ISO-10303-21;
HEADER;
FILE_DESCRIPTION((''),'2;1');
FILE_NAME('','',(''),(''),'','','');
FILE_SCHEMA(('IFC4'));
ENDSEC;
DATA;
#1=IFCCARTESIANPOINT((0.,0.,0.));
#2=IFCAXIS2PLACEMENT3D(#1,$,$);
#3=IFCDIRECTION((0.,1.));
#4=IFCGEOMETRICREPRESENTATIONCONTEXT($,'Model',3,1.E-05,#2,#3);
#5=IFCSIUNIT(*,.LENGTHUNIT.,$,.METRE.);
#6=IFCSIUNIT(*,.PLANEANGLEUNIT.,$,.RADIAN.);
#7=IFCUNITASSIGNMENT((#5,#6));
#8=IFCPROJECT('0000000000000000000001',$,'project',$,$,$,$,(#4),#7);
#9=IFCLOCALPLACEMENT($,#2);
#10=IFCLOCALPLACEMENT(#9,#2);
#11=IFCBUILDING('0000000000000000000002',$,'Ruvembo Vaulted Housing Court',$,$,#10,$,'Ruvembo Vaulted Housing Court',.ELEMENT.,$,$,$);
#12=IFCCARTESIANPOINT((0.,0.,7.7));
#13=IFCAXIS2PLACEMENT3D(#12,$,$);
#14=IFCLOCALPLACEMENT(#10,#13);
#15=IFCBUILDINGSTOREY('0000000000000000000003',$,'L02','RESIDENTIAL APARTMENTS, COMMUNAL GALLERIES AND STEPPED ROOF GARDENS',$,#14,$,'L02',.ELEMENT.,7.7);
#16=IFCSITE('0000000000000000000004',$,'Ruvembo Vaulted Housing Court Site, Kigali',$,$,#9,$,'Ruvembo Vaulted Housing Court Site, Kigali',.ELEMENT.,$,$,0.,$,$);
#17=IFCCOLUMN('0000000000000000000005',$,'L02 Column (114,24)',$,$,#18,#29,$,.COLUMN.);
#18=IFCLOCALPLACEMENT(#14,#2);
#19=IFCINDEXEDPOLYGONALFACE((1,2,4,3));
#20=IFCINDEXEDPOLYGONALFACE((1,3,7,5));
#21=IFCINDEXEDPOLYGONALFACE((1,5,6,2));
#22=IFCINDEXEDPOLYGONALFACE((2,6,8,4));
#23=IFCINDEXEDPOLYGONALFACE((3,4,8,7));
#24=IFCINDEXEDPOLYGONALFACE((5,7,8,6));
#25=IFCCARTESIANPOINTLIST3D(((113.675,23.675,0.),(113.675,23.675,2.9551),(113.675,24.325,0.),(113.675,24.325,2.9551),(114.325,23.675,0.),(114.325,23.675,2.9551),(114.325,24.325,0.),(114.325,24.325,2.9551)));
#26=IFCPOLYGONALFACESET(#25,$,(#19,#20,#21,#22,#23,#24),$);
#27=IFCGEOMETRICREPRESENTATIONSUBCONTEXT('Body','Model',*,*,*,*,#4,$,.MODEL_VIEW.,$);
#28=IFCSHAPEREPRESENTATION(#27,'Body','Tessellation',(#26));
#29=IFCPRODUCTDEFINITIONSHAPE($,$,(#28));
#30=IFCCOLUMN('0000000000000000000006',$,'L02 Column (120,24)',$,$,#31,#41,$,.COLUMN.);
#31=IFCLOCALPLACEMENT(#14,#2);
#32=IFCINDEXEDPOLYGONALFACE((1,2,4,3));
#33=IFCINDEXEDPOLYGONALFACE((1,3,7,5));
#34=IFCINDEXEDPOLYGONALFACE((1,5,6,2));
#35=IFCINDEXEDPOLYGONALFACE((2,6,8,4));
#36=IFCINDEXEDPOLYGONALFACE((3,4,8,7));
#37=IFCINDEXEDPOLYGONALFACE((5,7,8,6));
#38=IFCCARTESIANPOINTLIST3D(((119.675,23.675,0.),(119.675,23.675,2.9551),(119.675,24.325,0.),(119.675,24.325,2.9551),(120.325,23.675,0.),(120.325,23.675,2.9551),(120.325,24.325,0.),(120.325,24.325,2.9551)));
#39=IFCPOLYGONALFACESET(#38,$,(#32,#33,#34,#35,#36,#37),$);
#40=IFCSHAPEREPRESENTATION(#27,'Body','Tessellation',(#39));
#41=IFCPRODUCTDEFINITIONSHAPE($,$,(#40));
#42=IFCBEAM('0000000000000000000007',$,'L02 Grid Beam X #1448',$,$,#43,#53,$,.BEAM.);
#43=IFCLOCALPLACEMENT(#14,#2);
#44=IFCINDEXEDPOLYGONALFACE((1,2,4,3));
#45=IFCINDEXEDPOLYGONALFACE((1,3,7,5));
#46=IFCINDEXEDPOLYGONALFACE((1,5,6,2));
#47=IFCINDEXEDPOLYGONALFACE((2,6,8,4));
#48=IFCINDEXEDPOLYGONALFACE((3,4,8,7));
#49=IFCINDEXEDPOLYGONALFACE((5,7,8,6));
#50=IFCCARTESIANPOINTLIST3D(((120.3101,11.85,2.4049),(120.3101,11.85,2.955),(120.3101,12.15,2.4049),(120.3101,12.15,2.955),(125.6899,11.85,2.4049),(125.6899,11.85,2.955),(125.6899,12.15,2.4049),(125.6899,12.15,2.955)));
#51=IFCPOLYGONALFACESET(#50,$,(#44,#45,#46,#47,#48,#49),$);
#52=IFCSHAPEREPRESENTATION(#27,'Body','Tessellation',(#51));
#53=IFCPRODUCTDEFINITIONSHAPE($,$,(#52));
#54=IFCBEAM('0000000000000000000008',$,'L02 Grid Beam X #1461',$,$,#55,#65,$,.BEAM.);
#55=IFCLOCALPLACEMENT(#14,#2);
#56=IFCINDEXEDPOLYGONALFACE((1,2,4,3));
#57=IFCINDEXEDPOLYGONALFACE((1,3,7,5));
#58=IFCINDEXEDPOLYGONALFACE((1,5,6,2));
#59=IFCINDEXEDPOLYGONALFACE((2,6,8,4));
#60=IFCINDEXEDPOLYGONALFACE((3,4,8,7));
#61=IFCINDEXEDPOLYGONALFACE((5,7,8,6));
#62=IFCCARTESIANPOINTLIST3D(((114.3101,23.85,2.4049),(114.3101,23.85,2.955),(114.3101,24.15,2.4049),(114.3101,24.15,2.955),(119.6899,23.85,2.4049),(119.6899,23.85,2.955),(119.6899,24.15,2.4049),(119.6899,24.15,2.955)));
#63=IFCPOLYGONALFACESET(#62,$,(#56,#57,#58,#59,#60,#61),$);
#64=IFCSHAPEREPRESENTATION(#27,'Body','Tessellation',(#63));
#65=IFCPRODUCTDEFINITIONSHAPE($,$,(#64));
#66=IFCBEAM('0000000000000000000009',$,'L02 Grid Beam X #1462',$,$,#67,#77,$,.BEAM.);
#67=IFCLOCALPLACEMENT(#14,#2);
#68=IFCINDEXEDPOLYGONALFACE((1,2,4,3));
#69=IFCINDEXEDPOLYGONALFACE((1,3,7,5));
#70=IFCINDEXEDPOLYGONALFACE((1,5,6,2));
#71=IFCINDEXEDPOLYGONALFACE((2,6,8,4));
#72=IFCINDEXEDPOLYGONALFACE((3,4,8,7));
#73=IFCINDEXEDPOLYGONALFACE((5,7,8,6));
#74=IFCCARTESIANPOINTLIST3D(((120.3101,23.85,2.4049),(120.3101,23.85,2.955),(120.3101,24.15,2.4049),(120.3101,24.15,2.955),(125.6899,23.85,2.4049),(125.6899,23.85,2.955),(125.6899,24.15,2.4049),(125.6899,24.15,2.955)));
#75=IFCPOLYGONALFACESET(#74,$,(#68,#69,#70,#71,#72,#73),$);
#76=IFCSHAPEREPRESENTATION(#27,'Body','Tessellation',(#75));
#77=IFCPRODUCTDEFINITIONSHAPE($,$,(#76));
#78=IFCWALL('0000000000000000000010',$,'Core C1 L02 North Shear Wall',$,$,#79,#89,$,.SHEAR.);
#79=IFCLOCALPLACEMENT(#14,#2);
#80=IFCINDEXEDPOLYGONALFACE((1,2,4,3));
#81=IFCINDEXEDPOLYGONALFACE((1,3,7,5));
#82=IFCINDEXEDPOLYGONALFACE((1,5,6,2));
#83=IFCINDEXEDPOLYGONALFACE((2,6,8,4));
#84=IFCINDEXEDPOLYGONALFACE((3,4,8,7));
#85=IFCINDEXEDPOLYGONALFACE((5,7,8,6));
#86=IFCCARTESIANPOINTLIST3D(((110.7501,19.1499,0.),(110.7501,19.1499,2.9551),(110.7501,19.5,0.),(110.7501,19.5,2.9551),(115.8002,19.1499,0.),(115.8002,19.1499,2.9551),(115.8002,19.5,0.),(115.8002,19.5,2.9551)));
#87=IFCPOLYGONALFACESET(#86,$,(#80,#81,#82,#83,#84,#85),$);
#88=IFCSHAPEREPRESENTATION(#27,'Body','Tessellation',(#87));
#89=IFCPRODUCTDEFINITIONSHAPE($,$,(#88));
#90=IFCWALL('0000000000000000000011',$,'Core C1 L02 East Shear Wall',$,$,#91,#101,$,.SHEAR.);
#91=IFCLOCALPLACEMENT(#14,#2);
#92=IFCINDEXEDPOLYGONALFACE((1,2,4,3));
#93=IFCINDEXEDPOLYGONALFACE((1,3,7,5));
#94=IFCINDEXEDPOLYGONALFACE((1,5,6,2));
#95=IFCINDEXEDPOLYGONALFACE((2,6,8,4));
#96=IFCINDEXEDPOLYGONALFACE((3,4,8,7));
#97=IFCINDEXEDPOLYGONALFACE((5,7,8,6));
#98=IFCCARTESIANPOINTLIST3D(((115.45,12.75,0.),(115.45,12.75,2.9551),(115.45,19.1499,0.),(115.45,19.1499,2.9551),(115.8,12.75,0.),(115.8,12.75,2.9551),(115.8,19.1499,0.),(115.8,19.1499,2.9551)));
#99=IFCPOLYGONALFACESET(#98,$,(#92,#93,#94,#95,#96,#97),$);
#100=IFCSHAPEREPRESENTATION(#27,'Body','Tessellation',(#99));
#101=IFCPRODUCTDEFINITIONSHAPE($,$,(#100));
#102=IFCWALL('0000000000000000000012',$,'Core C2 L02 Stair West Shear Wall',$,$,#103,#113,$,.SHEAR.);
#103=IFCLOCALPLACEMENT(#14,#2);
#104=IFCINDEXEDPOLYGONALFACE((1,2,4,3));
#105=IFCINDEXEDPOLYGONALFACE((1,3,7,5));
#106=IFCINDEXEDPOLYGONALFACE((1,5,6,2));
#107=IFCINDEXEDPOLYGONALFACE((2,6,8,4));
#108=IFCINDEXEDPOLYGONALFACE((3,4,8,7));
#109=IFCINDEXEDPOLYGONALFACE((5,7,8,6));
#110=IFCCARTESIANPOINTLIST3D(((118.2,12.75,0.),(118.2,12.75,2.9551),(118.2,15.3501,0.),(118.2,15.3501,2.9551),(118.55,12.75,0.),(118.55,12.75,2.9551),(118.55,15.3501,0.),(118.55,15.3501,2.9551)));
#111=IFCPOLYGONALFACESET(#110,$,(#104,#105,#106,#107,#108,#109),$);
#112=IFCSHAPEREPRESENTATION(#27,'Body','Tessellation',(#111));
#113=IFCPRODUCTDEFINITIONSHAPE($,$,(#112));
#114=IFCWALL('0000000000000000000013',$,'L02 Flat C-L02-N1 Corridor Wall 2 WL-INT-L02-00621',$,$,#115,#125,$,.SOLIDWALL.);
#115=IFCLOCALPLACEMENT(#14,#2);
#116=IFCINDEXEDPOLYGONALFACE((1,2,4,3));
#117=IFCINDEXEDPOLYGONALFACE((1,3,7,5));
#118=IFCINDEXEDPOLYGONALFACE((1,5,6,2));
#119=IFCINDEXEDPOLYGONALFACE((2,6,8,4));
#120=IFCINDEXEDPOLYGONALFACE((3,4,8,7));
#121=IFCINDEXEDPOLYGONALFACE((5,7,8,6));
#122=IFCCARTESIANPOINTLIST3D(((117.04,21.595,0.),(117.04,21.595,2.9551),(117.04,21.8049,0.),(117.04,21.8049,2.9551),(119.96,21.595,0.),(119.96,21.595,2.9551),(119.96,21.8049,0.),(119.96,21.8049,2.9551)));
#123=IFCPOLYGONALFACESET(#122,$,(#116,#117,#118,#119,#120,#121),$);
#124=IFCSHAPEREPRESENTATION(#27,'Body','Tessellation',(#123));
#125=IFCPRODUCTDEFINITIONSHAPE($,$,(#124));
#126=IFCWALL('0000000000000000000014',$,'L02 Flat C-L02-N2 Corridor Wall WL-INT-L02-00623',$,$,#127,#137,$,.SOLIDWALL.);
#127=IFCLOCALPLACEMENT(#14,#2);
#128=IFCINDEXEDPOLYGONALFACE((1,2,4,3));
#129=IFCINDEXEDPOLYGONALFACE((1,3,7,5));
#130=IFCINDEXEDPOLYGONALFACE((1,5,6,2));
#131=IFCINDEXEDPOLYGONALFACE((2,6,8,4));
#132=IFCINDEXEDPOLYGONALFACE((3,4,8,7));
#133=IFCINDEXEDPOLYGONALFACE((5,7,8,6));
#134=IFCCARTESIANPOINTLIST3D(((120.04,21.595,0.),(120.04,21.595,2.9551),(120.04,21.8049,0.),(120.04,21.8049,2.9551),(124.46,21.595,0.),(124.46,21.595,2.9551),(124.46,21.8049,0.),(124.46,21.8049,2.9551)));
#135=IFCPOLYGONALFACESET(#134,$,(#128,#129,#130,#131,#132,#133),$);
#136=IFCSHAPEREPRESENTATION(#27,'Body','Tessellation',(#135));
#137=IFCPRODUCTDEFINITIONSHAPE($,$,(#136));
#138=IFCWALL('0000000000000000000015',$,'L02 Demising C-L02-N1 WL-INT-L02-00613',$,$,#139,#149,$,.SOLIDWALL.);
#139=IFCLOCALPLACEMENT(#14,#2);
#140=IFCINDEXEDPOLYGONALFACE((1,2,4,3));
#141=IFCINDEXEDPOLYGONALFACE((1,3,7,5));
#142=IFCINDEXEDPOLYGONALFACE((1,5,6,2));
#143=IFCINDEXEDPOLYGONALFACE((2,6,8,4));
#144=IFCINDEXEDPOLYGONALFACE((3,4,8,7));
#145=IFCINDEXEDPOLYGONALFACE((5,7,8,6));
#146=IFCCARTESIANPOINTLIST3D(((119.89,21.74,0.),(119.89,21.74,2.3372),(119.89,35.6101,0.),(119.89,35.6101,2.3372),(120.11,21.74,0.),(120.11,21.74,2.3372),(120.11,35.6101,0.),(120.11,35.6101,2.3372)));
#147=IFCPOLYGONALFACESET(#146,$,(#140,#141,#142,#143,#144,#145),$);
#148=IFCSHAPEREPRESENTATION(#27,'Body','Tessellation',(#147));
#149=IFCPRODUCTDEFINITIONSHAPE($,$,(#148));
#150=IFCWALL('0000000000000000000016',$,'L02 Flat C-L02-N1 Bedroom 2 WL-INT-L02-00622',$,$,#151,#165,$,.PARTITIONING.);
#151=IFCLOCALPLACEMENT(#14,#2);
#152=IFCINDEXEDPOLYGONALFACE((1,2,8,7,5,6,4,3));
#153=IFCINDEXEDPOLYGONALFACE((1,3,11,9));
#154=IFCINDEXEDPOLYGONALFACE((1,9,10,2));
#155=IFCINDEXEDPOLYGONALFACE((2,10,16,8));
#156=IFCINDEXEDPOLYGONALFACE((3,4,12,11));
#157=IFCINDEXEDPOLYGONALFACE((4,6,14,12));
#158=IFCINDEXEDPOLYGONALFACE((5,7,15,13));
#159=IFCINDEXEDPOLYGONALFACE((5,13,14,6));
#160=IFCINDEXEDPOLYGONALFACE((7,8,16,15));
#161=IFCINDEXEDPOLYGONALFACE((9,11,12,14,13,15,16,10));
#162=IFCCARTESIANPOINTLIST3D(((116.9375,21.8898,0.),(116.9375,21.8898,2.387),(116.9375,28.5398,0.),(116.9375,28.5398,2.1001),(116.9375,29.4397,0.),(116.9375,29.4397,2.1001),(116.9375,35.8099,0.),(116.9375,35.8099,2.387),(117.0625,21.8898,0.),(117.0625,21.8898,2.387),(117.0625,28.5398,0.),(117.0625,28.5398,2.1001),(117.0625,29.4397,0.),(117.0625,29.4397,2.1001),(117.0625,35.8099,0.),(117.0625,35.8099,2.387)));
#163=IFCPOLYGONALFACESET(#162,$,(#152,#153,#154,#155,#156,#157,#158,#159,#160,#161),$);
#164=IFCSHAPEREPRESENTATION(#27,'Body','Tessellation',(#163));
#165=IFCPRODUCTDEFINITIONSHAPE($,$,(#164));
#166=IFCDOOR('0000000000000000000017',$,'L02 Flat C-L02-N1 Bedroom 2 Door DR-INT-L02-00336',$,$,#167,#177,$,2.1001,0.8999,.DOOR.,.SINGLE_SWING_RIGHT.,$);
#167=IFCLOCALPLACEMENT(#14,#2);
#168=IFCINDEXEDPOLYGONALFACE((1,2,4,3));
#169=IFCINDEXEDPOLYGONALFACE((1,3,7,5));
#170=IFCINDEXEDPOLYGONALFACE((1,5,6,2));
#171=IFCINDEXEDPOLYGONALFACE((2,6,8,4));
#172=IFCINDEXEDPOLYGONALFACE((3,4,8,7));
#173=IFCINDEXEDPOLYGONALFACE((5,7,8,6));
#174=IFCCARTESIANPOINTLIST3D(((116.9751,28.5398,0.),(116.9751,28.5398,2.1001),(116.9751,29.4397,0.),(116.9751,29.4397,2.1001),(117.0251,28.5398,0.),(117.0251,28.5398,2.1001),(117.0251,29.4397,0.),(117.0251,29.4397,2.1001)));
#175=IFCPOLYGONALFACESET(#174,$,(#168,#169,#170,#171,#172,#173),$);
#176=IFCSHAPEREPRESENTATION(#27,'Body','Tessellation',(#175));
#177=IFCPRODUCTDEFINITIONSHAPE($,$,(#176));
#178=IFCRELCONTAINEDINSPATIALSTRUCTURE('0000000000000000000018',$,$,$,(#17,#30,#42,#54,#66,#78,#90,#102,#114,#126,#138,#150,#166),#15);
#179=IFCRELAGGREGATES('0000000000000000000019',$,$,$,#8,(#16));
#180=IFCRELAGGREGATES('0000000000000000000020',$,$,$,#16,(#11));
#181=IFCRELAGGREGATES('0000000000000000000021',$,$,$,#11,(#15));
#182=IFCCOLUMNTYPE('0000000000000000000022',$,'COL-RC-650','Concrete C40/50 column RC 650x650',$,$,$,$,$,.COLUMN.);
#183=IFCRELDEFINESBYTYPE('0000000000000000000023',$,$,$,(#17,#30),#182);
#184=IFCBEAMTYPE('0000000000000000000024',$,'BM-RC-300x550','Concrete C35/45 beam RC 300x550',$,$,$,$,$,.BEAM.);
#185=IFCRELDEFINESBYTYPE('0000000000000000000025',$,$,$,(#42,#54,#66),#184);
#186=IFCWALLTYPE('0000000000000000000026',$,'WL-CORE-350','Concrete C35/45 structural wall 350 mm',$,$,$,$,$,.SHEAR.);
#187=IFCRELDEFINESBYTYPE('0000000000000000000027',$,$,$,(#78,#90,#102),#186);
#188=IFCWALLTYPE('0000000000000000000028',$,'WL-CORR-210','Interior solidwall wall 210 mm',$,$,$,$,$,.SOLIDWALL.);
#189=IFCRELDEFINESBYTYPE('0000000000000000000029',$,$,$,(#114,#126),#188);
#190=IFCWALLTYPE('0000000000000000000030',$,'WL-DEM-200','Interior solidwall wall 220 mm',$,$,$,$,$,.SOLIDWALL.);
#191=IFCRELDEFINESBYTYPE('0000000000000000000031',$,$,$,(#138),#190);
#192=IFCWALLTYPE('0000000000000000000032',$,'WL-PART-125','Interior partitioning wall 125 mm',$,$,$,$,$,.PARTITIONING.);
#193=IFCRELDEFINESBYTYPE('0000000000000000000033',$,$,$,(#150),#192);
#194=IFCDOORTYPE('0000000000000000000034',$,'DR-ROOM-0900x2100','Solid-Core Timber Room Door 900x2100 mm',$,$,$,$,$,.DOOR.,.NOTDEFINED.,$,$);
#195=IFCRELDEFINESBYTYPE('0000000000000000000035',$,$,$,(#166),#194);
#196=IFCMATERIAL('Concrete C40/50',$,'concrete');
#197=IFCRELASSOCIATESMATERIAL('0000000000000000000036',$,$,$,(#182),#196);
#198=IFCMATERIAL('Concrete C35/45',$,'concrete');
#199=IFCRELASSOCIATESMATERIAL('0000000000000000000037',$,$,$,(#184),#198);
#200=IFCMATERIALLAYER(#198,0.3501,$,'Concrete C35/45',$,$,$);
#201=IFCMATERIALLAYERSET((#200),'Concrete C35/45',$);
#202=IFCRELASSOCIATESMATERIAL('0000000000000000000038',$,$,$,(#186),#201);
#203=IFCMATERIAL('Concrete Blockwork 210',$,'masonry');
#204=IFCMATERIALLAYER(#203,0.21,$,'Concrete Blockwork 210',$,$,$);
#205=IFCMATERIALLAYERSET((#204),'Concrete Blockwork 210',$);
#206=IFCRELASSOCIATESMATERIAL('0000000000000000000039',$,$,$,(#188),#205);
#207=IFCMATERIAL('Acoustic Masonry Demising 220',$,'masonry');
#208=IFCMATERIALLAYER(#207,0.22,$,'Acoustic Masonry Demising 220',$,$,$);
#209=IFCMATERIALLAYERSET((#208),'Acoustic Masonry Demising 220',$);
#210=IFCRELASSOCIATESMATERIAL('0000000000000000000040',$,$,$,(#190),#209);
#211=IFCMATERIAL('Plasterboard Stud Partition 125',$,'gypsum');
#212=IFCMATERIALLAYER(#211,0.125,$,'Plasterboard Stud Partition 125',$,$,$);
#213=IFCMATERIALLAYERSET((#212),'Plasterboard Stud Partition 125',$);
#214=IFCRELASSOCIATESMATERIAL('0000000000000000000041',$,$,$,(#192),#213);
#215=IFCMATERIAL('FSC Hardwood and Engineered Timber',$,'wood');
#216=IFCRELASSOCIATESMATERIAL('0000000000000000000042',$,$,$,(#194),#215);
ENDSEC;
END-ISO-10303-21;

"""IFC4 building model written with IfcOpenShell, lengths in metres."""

from ifc_helpers import new_model, si_unit, direction, frame, frame_2d, origin, origin_2d, place, context, subcontext, project, spatial, rectangle, extrude, material, layer, layer_set, material_profile, profile_set, type_object, element, fill, save


model = new_model("IFC4")

# Units and contexts
model_context = context("Model", 3, precision=1e-05, world=origin(), true_north=direction((0.0, 1.0)))
body_context = subcontext(model_context, "Body", "Model", "MODEL_VIEW")
ifc_project = project(units=[si_unit("LENGTHUNIT", "METRE"), si_unit("PLANEANGLEUNIT", "RADIAN")], contexts=[model_context])

# Site, building, storey
site_placement = place(None, origin())
site = spatial("IfcSite", under=ifc_project, at=site_placement, Name="Ruvembo Vaulted Housing Court Site, Kigali", LongName="Ruvembo Vaulted Housing Court Site, Kigali", CompositionType="ELEMENT", RefElevation=0.0)
building_placement = place(site_placement, origin())
building = spatial("IfcBuilding", under=site, at=building_placement, Name="Ruvembo Vaulted Housing Court", LongName="Ruvembo Vaulted Housing Court", CompositionType="ELEMENT")
storey_placement = place(building_placement, frame((0.0, 0.0, 7.7)))
storey = spatial("IfcBuildingStorey", under=building, at=storey_placement, Name="L02", Description="RESIDENTIAL APARTMENTS, COMMUNAL GALLERIES AND STEPPED ROOF GARDENS", LongName="L02", CompositionType="ELEMENT", Elevation=7.7)

# Columns
ifc_material_1 = material(Name="Concrete C40/50", Category="concrete")
ifc_material_profile_1 = material_profile(ifc_material_1, rectangle(XDim=0.6499, YDim=0.6499, at=origin_2d()), Name="RC 650x650")
ifc_profile_set_1 = profile_set([ifc_material_profile_1], Name="Concrete C40/50")
column_type = type_object("IfcColumnType", Name="COL-RC-650", Description="Concrete C40/50 column RC 650x650", PredefinedType="COLUMN", material=ifc_profile_set_1)
for number, where, z_axis, x_axis, name in (
    (1, (114.0, 24.0, 0.0), (0.0, 0.0, 1.0), (1.0, 0.0, 0.0), "L02 Column (114,24)"),
    (2, (120.0, 24.0, 0.0), (0.0, 0.0, 1.0), (1.0, 0.0, 0.0), "L02 Column (120,24)"),
):
    element("IfcColumn", number, at=place(storey_placement, frame(where, z_axis=z_axis, x_axis=x_axis)), inside=storey, type_object=column_type, Name=name, PredefinedType="COLUMN", context=body_context, shape_type="SweptSolid", body=[
        extrude(rectangle(XDim=0.6499, YDim=0.6499, at=origin_2d()), origin(), (0.0, 0.0, 1.0), 2.9551),
    ])

# Beams
ifc_material_2 = material(Name="Concrete C35/45", Category="concrete")
ifc_material_profile_2 = material_profile(ifc_material_2, rectangle(XDim=0.3, YDim=0.55, at=origin_2d()), Name="RC 300x550")
ifc_profile_set_2 = profile_set([ifc_material_profile_2], Name="Concrete C35/45")
beam_type = type_object("IfcBeamType", Name="BM-RC-300x550", Description="Concrete C35/45 beam RC 300x550", PredefinedType="BEAM", material=ifc_profile_set_2)
for number, where, z_axis, x_axis, name in (
    (3, (120.3101, 12.0, 2.6799), (1.0, 0.0, 0.0), (0.0, 1.0, 0.0), "L02 Grid Beam X #1448"),
    (4, (114.3101, 24.0, 2.6799), (1.0, 0.0, 0.0), (0.0, 1.0, 0.0), "L02 Grid Beam X #1461"),
    (5, (120.3101, 24.0, 2.6799), (1.0, 0.0, 0.0), (0.0, 1.0, 0.0), "L02 Grid Beam X #1462"),
):
    element("IfcBeam", number, at=place(storey_placement, frame(where, z_axis=z_axis, x_axis=x_axis)), inside=storey, type_object=beam_type, Name=name, PredefinedType="BEAM", context=body_context, shape_type="SweptSolid", body=[
        extrude(rectangle(XDim=0.3, YDim=0.55, at=origin_2d()), origin(), (0.0, 0.0, 1.0), 5.3799),
    ])

# Walls
ifc_layer_1 = layer(ifc_material_2, 0.3501, Name="Concrete C35/45")
ifc_layer_set_1 = layer_set([ifc_layer_1], Name="Concrete C35/45")
wall_type_1 = type_object("IfcWallType", Name="WL-CORE-350", Description="Concrete C35/45 structural wall 350 mm", PredefinedType="SHEAR", material=ifc_layer_set_1)
wall_1_placement = place(storey_placement, frame((115.8, 19.325, 0.0), z_axis=(0.0, 0.0, 1.0), x_axis=(-1.0, 0.0, 0.0)))
element("IfcWall", 6, at=wall_1_placement, inside=storey, type_object=wall_type_1, Name="Core C1 L02 North Shear Wall", PredefinedType="SHEAR", context=body_context, shape_type="SweptSolid", body=[
    extrude(rectangle(XDim=5.05, YDim=0.3501, at=frame_2d((2.5249, 0.0))), origin(), (0.0, 0.0, 1.0), 2.9551),
])
wall_2_placement = place(storey_placement, frame((115.625, 12.75, 0.0), z_axis=(0.0, 0.0, 1.0), x_axis=(0.0, 1.0, 0.0)))
element("IfcWall", 7, at=wall_2_placement, inside=storey, type_object=wall_type_1, Name="Core C1 L02 East Shear Wall", PredefinedType="SHEAR", context=body_context, shape_type="SweptSolid", body=[
    extrude(rectangle(XDim=6.3999, YDim=0.3501, at=frame_2d((3.2, 0.0))), origin(), (0.0, 0.0, 1.0), 2.9551),
])

# Walls
wall_3_placement = place(storey_placement, frame((118.375, 15.3501, 0.0), z_axis=(0.0, 0.0, 1.0), x_axis=(0.0, -1.0, 0.0)))
element("IfcWall", 8, at=wall_3_placement, inside=storey, type_object=wall_type_1, Name="Core C2 L02 Stair West Shear Wall", PredefinedType="SHEAR", context=body_context, shape_type="SweptSolid", body=[
    extrude(rectangle(XDim=2.6001, YDim=0.3501, at=frame_2d((1.3, 0.0))), origin(), (0.0, 0.0, 1.0), 2.9551),
])
ifc_material_3 = material(Name="Concrete Blockwork 210", Category="masonry")
ifc_layer_2 = layer(ifc_material_3, 0.21, Name="Concrete Blockwork 210")
ifc_layer_set_2 = layer_set([ifc_layer_2], Name="Concrete Blockwork 210")
wall_type_2 = type_object("IfcWallType", Name="WL-CORR-210", Description="Interior solidwall wall 210 mm", PredefinedType="SOLIDWALL", material=ifc_layer_set_2)
wall_4_placement = place(storey_placement, frame((117.04, 21.7, 0.0), z_axis=(0.0, 0.0, 1.0), x_axis=(1.0, 0.0, 0.0)))
element("IfcWall", 9, at=wall_4_placement, inside=storey, type_object=wall_type_2, Name="L02 Flat C-L02-N1 Corridor Wall 2 WL-INT-L02-00621", PredefinedType="SOLIDWALL", context=body_context, shape_type="SweptSolid", body=[
    extrude(rectangle(XDim=2.9199, YDim=0.21, at=frame_2d((1.46, 0.0))), origin(), (0.0, 0.0, 1.0), 2.9551),
])
wall_5_placement = place(storey_placement, frame((120.04, 21.7, 0.0), z_axis=(0.0, 0.0, 1.0), x_axis=(1.0, 0.0, 0.0)))
element("IfcWall", 10, at=wall_5_placement, inside=storey, type_object=wall_type_2, Name="L02 Flat C-L02-N2 Corridor Wall WL-INT-L02-00623", PredefinedType="SOLIDWALL", context=body_context, shape_type="SweptSolid", body=[
    extrude(rectangle(XDim=4.4199, YDim=0.21, at=frame_2d((2.21, 0.0))), origin(), (0.0, 0.0, 1.0), 2.9551),
])
ifc_material_4 = material(Name="Acoustic Masonry Demising 220", Category="masonry")
ifc_layer_3 = layer(ifc_material_4, 0.22, Name="Acoustic Masonry Demising 220")
ifc_layer_set_3 = layer_set([ifc_layer_3], Name="Acoustic Masonry Demising 220")
wall_type_3 = type_object("IfcWallType", Name="WL-DEM-200", Description="Interior solidwall wall 220 mm", PredefinedType="SOLIDWALL", material=ifc_layer_set_3)
wall_6_placement = place(storey_placement, frame((120.0, 21.74, 0.0), z_axis=(0.0, 0.0, 1.0), x_axis=(0.0, 1.0, 0.0)))
element("IfcWall", 11, at=wall_6_placement, inside=storey, type_object=wall_type_3, Name="L02 Demising C-L02-N1 WL-INT-L02-00613", PredefinedType="SOLIDWALL", context=body_context, shape_type="SweptSolid", body=[
    extrude(rectangle(XDim=13.8701, YDim=0.22, at=frame_2d((6.9351, 0.0))), origin(), (0.0, 0.0, 1.0), 2.3372),
])

# Wall, opening, door
ifc_material_5 = material(Name="Plasterboard Stud Partition 125", Category="gypsum")
ifc_layer_4 = layer(ifc_material_5, 0.125, Name="Plasterboard Stud Partition 125")
ifc_layer_set_4 = layer_set([ifc_layer_4], Name="Plasterboard Stud Partition 125")
wall_type_4 = type_object("IfcWallType", Name="WL-PART-125", Description="Interior partitioning wall 125 mm", PredefinedType="PARTITIONING", material=ifc_layer_set_4)
wall_7_placement = place(storey_placement, frame((117.0, 21.8899, 0.0), z_axis=(0.0, 0.0, 1.0), x_axis=(0.0, 1.0, 0.0)))
wall_7 = element("IfcWall", 12, at=wall_7_placement, inside=storey, type_object=wall_type_4, Name="L02 Flat C-L02-N1 Bedroom 2 WL-INT-L02-00622", PredefinedType="PARTITIONING", context=body_context, shape_type="SweptSolid", body=[
    extrude(rectangle(XDim=13.9202, YDim=0.125, at=frame_2d((6.96, 0.0))), origin(), (0.0, 0.0, 1.0), 2.387),
])
opening_1_placement = place(wall_7_placement, frame((6.6499, 0.0, 0.0)))
opening_1 = element("IfcOpeningElement", 13, at=opening_1_placement, cuts=wall_7, PredefinedType="OPENING", context=body_context, shape_type="SweptSolid", body=[
    extrude(rectangle(XDim=0.8999, YDim=2.1001, at=frame_2d((0.45, 1.05))), frame((0.0, 0.0725, 0.0), z_axis=(0.0, -1.0, 0.0), x_axis=(1.0, 0.0, 0.0)), (0.0, 0.0, 1.0), 0.145),
])
ifc_material_6 = material(Name="FSC Hardwood and Engineered Timber", Category="wood")
door_type_1 = type_object("IfcDoorType", Name="DR-ROOM-0900x2100", Description="Solid-Core Timber Room Door 900x2100 mm", OperationType="NOTDEFINED", PredefinedType="DOOR", material=ifc_material_6)
door_1_placement = place(opening_1_placement, origin())
door_1 = element("IfcDoor", 14, at=door_1_placement, inside=storey, type_object=door_type_1, Name="L02 Flat C-L02-N1 Bedroom 2 Door DR-INT-L02-00336", OperationType="SINGLE_SWING_RIGHT", OverallHeight=2.1001, OverallWidth=0.8999, PredefinedType="DOOR", context=body_context, shape_type="SweptSolid", body=[
    extrude(rectangle(XDim=0.8999, YDim=2.1001, at=frame_2d((0.45, 1.05))), frame((0.0, 0.0249, 0.0), z_axis=(0.0, -1.0, 0.0), x_axis=(1.0, 0.0, 0.0)), (0.0, 0.0, 1.0), 0.05),
])
fill(opening_1, door_1)

save(model, "model.ifc")
